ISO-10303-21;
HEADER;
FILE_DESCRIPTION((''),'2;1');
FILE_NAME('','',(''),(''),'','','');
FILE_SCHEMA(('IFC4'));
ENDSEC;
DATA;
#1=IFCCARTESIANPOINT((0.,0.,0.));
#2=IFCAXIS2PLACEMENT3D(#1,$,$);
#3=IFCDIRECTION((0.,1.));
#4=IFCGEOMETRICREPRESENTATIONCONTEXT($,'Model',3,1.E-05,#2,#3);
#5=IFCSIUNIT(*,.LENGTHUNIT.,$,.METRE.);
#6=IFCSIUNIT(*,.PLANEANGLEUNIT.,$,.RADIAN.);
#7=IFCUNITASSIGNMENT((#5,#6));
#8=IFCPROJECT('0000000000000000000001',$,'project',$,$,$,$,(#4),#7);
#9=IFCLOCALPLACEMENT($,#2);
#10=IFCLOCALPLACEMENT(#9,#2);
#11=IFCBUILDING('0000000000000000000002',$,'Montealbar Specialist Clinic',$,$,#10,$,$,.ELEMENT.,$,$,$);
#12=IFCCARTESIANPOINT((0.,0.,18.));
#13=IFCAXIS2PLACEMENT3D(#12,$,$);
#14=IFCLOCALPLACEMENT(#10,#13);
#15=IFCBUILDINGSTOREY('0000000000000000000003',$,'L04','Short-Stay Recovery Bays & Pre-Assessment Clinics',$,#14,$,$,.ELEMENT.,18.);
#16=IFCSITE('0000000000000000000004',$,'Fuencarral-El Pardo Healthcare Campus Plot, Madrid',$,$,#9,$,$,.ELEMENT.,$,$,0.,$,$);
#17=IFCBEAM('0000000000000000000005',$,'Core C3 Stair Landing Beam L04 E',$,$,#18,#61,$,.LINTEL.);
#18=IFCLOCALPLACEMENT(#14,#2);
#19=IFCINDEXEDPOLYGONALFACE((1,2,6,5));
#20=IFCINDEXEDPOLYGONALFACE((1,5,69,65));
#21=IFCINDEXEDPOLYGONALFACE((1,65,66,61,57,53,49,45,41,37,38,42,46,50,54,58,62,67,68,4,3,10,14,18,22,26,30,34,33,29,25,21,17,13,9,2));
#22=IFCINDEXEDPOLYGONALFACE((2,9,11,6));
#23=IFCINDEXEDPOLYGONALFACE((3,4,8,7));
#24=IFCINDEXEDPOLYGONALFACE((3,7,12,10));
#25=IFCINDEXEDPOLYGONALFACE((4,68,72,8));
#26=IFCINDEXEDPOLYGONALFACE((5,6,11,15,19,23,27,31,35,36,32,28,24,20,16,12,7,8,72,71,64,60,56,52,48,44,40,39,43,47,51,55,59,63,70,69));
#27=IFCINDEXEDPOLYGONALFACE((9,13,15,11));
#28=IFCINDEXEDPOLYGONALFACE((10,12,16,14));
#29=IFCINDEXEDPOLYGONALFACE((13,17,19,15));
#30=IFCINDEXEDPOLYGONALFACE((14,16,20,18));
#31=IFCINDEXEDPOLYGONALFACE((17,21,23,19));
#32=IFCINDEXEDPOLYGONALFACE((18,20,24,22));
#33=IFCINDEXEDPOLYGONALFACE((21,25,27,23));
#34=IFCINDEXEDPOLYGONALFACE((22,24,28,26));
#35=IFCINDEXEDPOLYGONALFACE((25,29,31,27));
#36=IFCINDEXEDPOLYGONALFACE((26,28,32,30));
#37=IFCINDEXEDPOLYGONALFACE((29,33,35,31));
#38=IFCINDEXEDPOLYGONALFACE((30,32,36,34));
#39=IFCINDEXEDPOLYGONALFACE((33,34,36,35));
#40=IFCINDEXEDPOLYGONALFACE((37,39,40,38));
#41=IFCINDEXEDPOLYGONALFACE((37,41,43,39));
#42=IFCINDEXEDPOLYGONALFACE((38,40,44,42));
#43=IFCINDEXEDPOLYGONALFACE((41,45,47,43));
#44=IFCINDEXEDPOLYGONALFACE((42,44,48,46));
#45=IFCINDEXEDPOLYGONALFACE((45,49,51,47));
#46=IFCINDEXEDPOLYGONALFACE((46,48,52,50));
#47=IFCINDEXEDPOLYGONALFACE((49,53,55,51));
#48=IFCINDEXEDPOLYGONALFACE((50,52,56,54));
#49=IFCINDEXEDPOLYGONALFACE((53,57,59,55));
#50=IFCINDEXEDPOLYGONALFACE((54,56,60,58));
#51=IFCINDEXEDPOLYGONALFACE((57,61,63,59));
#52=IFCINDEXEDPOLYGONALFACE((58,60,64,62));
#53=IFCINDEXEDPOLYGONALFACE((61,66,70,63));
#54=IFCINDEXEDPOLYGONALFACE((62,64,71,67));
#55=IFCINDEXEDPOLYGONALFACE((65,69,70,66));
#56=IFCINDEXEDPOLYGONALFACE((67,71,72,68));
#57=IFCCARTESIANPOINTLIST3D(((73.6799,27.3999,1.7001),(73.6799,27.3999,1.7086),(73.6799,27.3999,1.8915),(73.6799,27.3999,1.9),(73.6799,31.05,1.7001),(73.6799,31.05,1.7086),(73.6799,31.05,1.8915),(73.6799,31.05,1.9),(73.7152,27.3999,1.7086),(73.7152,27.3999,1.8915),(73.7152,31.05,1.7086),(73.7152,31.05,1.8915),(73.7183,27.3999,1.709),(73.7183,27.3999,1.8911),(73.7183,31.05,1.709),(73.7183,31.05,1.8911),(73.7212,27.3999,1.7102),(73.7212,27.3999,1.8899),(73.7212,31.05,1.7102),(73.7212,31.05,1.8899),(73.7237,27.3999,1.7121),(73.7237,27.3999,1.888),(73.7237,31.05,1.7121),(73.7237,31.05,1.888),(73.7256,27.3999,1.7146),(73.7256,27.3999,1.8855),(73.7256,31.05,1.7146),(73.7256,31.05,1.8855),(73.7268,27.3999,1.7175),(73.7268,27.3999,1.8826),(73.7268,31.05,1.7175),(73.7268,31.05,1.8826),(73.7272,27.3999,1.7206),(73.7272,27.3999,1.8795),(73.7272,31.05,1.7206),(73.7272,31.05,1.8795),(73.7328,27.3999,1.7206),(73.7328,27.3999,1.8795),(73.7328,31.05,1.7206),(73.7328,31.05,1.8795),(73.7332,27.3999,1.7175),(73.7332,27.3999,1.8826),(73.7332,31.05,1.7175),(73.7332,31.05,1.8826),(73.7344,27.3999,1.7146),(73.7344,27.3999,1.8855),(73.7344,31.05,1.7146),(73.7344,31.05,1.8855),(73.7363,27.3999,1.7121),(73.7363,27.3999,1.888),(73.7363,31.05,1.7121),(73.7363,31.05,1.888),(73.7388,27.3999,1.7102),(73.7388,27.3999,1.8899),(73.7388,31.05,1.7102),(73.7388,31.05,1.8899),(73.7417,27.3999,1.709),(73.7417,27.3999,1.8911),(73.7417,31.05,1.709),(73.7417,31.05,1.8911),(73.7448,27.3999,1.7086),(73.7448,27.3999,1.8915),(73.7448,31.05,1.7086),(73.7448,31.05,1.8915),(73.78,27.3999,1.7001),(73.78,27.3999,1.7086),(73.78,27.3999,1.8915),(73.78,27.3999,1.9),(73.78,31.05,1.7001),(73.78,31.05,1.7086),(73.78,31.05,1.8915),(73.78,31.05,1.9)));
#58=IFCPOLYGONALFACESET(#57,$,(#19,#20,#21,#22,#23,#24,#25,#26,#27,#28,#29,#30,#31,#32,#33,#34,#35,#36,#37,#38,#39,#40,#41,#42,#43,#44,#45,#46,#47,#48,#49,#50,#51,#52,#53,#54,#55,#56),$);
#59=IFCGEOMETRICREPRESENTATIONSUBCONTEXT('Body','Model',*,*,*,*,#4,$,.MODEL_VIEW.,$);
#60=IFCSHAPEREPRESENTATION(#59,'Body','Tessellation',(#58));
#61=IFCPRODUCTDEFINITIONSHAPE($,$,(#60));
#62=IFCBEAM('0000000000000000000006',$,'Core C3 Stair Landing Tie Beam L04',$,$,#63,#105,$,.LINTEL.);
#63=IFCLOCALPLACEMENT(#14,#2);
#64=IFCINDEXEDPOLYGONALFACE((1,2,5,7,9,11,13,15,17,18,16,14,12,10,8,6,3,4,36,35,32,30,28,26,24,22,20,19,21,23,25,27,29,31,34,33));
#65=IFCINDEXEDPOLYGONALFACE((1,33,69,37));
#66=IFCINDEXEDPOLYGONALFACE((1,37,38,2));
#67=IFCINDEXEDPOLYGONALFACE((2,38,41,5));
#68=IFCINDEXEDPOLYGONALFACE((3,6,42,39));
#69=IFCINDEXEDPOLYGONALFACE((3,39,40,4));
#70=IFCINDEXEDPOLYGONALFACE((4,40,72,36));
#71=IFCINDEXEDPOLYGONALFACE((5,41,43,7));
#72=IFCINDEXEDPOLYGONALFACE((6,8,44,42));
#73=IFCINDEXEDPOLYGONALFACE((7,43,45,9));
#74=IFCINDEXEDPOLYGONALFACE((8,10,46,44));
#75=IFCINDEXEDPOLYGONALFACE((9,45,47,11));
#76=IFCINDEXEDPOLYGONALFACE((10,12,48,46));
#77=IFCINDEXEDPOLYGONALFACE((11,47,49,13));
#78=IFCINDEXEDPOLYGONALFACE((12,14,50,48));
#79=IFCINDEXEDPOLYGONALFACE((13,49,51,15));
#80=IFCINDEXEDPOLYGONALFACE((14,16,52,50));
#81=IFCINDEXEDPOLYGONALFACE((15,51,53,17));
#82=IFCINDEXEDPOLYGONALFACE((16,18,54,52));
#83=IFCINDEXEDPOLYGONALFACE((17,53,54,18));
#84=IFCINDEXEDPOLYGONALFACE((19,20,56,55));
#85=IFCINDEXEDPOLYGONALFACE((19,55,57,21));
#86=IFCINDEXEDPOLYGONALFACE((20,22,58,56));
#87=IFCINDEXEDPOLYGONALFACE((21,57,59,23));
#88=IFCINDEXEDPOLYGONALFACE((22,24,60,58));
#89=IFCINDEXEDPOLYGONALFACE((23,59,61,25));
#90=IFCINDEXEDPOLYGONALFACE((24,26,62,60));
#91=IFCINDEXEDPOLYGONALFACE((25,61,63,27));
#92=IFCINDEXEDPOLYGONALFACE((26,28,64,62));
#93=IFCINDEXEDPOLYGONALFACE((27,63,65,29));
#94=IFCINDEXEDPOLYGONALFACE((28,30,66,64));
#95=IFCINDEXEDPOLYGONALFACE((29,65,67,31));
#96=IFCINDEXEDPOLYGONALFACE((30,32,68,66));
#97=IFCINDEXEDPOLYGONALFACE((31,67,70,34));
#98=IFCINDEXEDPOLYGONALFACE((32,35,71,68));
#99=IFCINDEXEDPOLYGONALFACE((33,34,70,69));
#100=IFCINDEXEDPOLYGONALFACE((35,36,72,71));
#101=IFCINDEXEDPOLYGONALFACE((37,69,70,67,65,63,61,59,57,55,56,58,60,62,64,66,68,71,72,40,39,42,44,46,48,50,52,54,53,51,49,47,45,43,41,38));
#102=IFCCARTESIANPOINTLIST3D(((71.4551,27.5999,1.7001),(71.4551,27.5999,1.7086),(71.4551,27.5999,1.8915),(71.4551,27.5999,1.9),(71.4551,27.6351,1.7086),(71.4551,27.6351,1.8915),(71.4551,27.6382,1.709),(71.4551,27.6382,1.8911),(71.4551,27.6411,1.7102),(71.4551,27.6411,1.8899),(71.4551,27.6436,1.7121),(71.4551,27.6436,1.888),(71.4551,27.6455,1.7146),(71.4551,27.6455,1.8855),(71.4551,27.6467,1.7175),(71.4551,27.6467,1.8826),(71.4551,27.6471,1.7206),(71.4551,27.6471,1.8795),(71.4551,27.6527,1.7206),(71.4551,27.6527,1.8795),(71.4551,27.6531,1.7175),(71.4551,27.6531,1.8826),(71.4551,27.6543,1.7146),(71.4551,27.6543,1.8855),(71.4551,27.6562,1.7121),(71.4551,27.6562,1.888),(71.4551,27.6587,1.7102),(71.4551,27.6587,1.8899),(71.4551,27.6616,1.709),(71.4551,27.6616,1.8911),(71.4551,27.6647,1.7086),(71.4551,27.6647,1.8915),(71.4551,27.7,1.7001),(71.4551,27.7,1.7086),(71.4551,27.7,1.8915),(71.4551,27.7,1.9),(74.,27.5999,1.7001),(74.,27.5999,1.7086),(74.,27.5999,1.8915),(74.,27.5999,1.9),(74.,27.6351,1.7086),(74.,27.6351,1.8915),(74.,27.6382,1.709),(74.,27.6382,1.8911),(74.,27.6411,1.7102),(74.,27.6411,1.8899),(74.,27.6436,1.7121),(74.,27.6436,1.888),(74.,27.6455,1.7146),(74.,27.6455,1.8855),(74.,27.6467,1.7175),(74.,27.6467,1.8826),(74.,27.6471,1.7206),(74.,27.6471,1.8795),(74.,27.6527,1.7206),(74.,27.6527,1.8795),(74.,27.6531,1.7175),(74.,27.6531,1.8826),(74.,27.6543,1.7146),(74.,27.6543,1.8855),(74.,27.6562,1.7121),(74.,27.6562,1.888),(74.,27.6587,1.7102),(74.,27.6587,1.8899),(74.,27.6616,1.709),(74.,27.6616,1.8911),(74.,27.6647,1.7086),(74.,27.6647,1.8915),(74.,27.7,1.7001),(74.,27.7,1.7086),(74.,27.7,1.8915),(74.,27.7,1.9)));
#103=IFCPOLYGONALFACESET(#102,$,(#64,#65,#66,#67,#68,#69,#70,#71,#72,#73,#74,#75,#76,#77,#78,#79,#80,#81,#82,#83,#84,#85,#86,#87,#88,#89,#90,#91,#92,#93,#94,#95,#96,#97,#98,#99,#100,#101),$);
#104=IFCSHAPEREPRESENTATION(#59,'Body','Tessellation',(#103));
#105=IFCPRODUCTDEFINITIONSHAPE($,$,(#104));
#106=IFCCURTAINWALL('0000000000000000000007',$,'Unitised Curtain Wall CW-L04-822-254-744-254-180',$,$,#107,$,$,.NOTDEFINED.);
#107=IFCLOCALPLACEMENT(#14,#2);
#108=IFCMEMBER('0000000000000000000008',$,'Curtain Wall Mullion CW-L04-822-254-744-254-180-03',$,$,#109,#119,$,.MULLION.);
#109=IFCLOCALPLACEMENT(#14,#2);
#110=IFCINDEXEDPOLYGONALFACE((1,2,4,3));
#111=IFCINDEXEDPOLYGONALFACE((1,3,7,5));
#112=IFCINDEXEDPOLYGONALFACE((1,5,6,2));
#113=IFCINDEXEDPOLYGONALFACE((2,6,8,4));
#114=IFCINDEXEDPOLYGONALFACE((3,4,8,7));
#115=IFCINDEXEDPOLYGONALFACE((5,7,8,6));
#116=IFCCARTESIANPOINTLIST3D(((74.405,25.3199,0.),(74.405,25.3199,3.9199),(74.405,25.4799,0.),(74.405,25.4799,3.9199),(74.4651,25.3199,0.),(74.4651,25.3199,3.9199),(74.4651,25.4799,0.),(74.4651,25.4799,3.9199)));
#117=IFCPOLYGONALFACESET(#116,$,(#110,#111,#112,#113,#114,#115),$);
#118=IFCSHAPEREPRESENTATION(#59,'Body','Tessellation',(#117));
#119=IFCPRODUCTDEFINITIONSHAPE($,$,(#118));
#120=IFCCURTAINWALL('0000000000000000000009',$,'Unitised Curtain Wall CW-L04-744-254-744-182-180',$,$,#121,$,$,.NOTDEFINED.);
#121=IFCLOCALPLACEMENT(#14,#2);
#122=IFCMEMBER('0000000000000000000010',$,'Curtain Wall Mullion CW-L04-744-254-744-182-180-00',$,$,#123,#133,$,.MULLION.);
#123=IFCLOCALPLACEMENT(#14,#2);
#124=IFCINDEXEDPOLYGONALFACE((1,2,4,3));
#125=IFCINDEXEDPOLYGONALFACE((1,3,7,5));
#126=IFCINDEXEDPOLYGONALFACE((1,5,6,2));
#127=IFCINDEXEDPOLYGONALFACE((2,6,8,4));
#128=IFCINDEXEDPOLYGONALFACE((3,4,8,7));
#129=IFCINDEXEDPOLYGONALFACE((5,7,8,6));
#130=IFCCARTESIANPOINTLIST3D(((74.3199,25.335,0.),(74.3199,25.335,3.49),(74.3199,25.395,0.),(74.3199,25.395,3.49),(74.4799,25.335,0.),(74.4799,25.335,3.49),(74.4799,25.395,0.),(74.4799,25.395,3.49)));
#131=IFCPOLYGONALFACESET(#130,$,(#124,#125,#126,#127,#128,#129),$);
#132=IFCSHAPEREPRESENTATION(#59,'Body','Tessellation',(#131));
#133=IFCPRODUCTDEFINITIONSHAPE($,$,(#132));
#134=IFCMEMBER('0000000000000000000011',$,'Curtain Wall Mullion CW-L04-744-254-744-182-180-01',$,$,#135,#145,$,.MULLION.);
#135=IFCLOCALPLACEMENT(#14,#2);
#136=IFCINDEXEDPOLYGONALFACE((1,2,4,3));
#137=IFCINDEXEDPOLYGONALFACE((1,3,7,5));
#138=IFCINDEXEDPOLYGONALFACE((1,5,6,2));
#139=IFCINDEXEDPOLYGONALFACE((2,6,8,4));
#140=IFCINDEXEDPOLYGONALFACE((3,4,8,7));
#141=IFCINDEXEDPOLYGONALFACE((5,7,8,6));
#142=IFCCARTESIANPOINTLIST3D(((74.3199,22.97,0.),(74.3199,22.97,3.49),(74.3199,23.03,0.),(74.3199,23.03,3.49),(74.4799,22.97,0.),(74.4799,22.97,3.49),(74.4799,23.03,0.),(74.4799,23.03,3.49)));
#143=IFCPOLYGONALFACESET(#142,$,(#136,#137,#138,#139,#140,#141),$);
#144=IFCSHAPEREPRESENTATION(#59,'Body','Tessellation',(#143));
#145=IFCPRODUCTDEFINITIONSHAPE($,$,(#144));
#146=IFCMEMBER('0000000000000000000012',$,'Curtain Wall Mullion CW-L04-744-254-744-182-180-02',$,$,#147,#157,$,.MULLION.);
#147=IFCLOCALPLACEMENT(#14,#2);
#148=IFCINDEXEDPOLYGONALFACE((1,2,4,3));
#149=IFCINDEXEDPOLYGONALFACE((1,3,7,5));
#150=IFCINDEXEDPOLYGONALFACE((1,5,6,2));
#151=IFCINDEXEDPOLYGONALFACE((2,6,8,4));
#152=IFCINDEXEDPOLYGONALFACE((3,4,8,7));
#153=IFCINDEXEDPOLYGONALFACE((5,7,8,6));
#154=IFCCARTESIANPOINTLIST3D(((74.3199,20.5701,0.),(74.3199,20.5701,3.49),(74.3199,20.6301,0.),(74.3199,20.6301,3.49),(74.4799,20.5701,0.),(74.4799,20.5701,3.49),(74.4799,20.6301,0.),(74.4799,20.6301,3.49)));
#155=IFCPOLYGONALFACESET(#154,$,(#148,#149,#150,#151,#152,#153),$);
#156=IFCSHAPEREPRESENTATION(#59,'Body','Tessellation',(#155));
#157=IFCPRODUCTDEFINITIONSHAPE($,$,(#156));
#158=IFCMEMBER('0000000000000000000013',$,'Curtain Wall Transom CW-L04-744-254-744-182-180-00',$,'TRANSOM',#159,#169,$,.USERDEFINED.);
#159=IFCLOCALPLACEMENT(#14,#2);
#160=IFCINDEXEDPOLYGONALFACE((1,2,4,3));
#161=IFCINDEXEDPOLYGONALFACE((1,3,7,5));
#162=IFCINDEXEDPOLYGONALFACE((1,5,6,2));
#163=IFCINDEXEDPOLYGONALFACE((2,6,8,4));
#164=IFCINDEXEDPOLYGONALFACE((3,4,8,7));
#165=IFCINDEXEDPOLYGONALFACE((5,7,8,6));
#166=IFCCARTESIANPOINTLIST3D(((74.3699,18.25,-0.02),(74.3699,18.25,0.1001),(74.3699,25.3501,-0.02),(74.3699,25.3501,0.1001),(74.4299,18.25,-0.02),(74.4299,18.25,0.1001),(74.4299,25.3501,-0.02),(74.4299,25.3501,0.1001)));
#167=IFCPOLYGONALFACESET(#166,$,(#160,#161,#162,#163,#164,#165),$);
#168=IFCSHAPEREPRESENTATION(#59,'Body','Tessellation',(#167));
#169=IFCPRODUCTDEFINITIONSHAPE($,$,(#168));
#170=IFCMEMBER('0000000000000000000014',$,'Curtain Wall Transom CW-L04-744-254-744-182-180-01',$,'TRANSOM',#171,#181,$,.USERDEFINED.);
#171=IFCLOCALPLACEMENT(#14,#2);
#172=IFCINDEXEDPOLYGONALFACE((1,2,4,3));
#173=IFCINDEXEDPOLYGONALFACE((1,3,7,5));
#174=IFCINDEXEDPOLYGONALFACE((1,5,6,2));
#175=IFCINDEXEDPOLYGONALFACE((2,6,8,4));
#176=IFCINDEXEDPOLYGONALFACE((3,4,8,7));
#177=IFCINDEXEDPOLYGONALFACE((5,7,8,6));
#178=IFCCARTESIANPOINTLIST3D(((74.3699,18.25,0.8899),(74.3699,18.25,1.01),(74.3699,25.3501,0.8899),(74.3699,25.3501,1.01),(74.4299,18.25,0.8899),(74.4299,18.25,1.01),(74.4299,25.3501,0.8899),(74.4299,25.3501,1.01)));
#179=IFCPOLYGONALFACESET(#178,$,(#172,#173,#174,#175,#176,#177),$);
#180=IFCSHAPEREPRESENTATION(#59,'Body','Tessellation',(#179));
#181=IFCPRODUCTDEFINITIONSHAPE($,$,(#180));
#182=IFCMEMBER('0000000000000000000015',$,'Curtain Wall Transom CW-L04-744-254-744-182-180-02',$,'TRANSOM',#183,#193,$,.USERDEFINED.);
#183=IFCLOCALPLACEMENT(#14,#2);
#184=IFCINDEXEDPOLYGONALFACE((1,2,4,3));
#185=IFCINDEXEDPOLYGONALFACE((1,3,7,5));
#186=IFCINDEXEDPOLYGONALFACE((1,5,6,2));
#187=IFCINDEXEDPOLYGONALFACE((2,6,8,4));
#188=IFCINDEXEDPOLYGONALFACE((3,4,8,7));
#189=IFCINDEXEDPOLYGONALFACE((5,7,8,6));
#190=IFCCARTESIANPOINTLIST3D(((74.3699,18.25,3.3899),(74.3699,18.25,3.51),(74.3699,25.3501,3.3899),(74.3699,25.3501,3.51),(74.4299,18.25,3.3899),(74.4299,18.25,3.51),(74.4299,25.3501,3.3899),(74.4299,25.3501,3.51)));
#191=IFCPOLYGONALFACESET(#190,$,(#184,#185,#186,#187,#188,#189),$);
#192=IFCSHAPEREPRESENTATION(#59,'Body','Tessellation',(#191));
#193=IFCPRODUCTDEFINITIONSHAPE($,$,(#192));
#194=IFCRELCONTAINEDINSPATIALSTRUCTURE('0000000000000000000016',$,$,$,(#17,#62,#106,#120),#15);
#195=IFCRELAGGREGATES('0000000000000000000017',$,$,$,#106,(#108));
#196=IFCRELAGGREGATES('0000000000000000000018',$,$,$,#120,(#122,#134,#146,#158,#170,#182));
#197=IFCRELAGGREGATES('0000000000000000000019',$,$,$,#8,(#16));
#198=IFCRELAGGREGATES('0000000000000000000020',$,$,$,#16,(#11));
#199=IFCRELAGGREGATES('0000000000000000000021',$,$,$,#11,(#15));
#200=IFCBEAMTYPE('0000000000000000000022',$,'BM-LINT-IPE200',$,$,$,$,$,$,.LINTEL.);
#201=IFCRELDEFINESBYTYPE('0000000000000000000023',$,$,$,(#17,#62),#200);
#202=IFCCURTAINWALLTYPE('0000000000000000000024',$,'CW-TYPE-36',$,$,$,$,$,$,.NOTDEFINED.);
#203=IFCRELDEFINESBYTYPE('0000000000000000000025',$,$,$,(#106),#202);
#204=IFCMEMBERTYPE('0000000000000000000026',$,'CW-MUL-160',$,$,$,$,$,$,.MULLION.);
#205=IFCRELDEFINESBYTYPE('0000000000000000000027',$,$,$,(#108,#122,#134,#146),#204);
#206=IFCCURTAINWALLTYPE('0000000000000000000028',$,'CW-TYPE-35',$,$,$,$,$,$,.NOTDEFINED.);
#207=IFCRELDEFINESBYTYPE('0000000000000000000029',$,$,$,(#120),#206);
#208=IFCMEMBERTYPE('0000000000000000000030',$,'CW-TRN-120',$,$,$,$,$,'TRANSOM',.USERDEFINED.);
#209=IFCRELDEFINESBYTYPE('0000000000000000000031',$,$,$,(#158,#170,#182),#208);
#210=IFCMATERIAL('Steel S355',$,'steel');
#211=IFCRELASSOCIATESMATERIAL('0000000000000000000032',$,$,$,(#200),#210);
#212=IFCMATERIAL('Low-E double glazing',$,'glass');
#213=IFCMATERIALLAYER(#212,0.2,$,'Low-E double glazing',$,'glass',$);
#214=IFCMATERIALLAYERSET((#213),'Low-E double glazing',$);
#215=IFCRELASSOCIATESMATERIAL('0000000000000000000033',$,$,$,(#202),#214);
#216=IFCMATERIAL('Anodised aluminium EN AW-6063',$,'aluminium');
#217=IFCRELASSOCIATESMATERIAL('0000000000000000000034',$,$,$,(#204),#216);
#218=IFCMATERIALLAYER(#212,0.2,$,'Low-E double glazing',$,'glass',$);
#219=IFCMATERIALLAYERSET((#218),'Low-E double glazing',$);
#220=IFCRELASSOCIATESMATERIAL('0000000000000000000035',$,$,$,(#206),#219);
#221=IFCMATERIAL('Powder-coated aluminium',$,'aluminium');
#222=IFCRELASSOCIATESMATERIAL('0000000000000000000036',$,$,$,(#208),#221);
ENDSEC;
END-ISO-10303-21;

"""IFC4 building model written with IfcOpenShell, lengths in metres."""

from ifc_helpers import new_model, si_unit, direction, frame, origin, origin_2d, place, context, subcontext, project, spatial, rectangle, i_section, extrude, material, layer, layer_set, material_profile, profile_set, type_object, element, aggregate, save


model = new_model("IFC4")

# Units and contexts
model_context = context("Model", 3, precision=1e-05, world=origin(), true_north=direction((0.0, 1.0)))
body_context = subcontext(model_context, "Body", "Model", "MODEL_VIEW")
ifc_project = project(units=[si_unit("LENGTHUNIT", "METRE"), si_unit("PLANEANGLEUNIT", "RADIAN")], contexts=[model_context])

# Site, building, storey
site_placement = place(None, origin())
site = spatial("IfcSite", under=ifc_project, at=site_placement, Name="Fuencarral-El Pardo Healthcare Campus Plot, Madrid", CompositionType="ELEMENT", RefElevation=0.0)
building_placement = place(site_placement, origin())
building = spatial("IfcBuilding", under=site, at=building_placement, Name="Montealbar Specialist Clinic", CompositionType="ELEMENT")
storey_placement = place(building_placement, frame((0.0, 0.0, 18.0)))
storey = spatial("IfcBuildingStorey", under=building, at=storey_placement, Name="L04", Description="Short-Stay Recovery Bays & Pre-Assessment Clinics", CompositionType="ELEMENT", Elevation=18.0)

# Shared definitions
ifc_material_1 = material(Name="Steel S355", Category="steel")

# Beams
ifc_material_profile_1 = material_profile(ifc_material_1, i_section(OverallWidth=0.1001, OverallDepth=0.2, WebThickness=0.0056, FlangeThickness=0.0085, FilletRadius=0.012, at=origin_2d()), Name="IPE 200", Category="steel")
ifc_profile_set_1 = profile_set([ifc_material_profile_1], Name="Steel S355")
beam_type_1 = type_object("IfcBeamType", Name="BM-LINT-IPE200", PredefinedType="LINTEL", material=ifc_profile_set_1)
for number, where, z_axis, x_axis, name in (
    (1, (73.73, 27.3999, 1.8), (0.0, 1.0, 0.0), (-1.0, 0.0, 0.0), "Core C3 Stair Landing Beam L04 E"),
):
    element("IfcBeam", number, at=place(storey_placement, frame(where, z_axis=z_axis, x_axis=x_axis)), inside=storey, type_object=beam_type_1, Name=name, PredefinedType="LINTEL", context=body_context, shape_type="SweptSolid", body=[
        extrude(i_section(OverallWidth=0.1001, OverallDepth=0.2, WebThickness=0.0056, FlangeThickness=0.0085, FilletRadius=0.012, at=origin_2d()), origin(), (0.0, 0.0, 1.0), 3.6501),
    ])
beam_1_placement = place(storey_placement, frame((71.4551, 27.6499, 1.8), z_axis=(1.0, 0.0, 0.0), x_axis=(0.0, 1.0, 0.0)))
element("IfcBeam", 2, at=beam_1_placement, inside=storey, type_object=beam_type_1, Name="Core C3 Stair Landing Tie Beam L04", PredefinedType="LINTEL", context=body_context, shape_type="SweptSolid", body=[
    extrude(i_section(OverallWidth=0.1001, OverallDepth=0.2, WebThickness=0.0056, FlangeThickness=0.0085, FilletRadius=0.012, at=origin_2d()), origin(), (0.0, 0.0, 1.0), 2.5449),
])

# Curtain wall, member
ifc_material_2 = material(Name="Low-E double glazing", Category="glass")
ifc_layer_1 = layer(ifc_material_2, 0.2, Name="Low-E double glazing", Category="glass")
ifc_layer_set_1 = layer_set([ifc_layer_1], Name="Low-E double glazing")
curtain_wall_type_1 = type_object("IfcCurtainWallType", Name="CW-TYPE-36", PredefinedType="NOTDEFINED", material=ifc_layer_set_1)
curtain_wall_1_placement = place(storey_placement, origin())
curtain_wall_1 = element("IfcCurtainWall", 3, at=curtain_wall_1_placement, inside=storey, type_object=curtain_wall_type_1, Name="Unitised Curtain Wall CW-L04-822-254-744-254-180", PredefinedType="NOTDEFINED")
ifc_material_3 = material(Name="Anodised aluminium EN AW-6063", Category="aluminium")
ifc_material_profile_2 = material_profile(ifc_material_3, rectangle(XDim=0.0601, YDim=0.1599, at=origin_2d()), Name="ALU 60x160", Category="aluminium")
ifc_profile_set_2 = profile_set([ifc_material_profile_2], Name="Anodised aluminium EN AW-6063")
member_type_1 = type_object("IfcMemberType", Name="CW-MUL-160", PredefinedType="MULLION", material=ifc_profile_set_2)
member_1_placement = place(storey_placement, frame((74.4351, 25.3999, 0.0), z_axis=(0.0, 0.0, 1.0), x_axis=(-1.0, 0.0, 0.0)))
member_1 = element("IfcMember", 4, at=member_1_placement, type_object=member_type_1, Name="Curtain Wall Mullion CW-L04-822-254-744-254-180-03", PredefinedType="MULLION", context=body_context, shape_type="SweptSolid", body=[
    extrude(rectangle(XDim=0.0601, YDim=0.1599, at=origin_2d()), origin(), (0.0, 0.0, 1.0), 3.9199),
])

# Curtain wall, members
ifc_layer_2 = layer(ifc_material_2, 0.2, Name="Low-E double glazing", Category="glass")
ifc_layer_set_2 = layer_set([ifc_layer_2], Name="Low-E double glazing")
curtain_wall_type_2 = type_object("IfcCurtainWallType", Name="CW-TYPE-35", PredefinedType="NOTDEFINED", material=ifc_layer_set_2)
curtain_wall_2_placement = place(storey_placement, origin())
curtain_wall_2 = element("IfcCurtainWall", 5, at=curtain_wall_2_placement, inside=storey, type_object=curtain_wall_type_2, Name="Unitised Curtain Wall CW-L04-744-254-744-182-180", PredefinedType="NOTDEFINED")
member_2_placement = place(storey_placement, frame((74.3999, 25.365, 0.0), z_axis=(0.0, 0.0, 1.0), x_axis=(0.0, -1.0, 0.0)))
member_2 = element("IfcMember", 6, at=member_2_placement, type_object=member_type_1, Name="Curtain Wall Mullion CW-L04-744-254-744-182-180-00", PredefinedType="MULLION", context=body_context, shape_type="SweptSolid", body=[
    extrude(rectangle(XDim=0.0601, YDim=0.1599, at=origin_2d()), origin(), (0.0, 0.0, 1.0), 3.49),
])
member_3_placement = place(storey_placement, frame((74.3999, 23.0, 0.0), z_axis=(0.0, 0.0, 1.0), x_axis=(0.0, -1.0, 0.0)))
member_3 = element("IfcMember", 7, at=member_3_placement, type_object=member_type_1, Name="Curtain Wall Mullion CW-L04-744-254-744-182-180-01", PredefinedType="MULLION", context=body_context, shape_type="SweptSolid", body=[
    extrude(rectangle(XDim=0.0601, YDim=0.1599, at=origin_2d()), origin(), (0.0, 0.0, 1.0), 3.49),
])
member_4_placement = place(storey_placement, frame((74.3999, 20.6001, 0.0), z_axis=(0.0, 0.0, 1.0), x_axis=(0.0, -1.0, 0.0)))
member_4 = element("IfcMember", 8, at=member_4_placement, type_object=member_type_1, Name="Curtain Wall Mullion CW-L04-744-254-744-182-180-02", PredefinedType="MULLION", context=body_context, shape_type="SweptSolid", body=[
    extrude(rectangle(XDim=0.0601, YDim=0.1599, at=origin_2d()), origin(), (0.0, 0.0, 1.0), 3.49),
])
ifc_material_4 = material(Name="Powder-coated aluminium", Category="aluminium")
ifc_material_profile_3 = material_profile(ifc_material_4, rectangle(XDim=0.0601, YDim=0.1201, at=origin_2d()), Name="ALU 60x120", Category="aluminium")
ifc_profile_set_3 = profile_set([ifc_material_profile_3], Name="Powder-coated aluminium")
member_type_2 = type_object("IfcMemberType", Name="CW-TRN-120", ElementType="TRANSOM", PredefinedType="USERDEFINED", material=ifc_profile_set_3)
member_5_placement = place(storey_placement, frame((74.3999, 25.3501, 0.04), z_axis=(0.0, -1.0, 0.0), x_axis=(1.0, 0.0, 0.0)))
member_5 = element("IfcMember", 9, at=member_5_placement, type_object=member_type_2, Name="Curtain Wall Transom CW-L04-744-254-744-182-180-00", ObjectType="TRANSOM", PredefinedType="USERDEFINED", context=body_context, shape_type="SweptSolid", body=[
    extrude(rectangle(XDim=0.0601, YDim=0.1201, at=origin_2d()), origin(), (0.0, 0.0, 1.0), 7.1001),
])
member_6_placement = place(storey_placement, frame((74.3999, 25.3501, 0.95), z_axis=(0.0, -1.0, 0.0), x_axis=(1.0, 0.0, 0.0)))
member_6 = element("IfcMember", 10, at=member_6_placement, type_object=member_type_2, Name="Curtain Wall Transom CW-L04-744-254-744-182-180-01", ObjectType="TRANSOM", PredefinedType="USERDEFINED", context=body_context, shape_type="SweptSolid", body=[
    extrude(rectangle(XDim=0.0601, YDim=0.1201, at=origin_2d()), origin(), (0.0, 0.0, 1.0), 7.1001),
])
member_7_placement = place(storey_placement, frame((74.3999, 25.3501, 3.45), z_axis=(0.0, -1.0, 0.0), x_axis=(1.0, 0.0, 0.0)))
member_7 = element("IfcMember", 11, at=member_7_placement, type_object=member_type_2, Name="Curtain Wall Transom CW-L04-744-254-744-182-180-02", ObjectType="TRANSOM", PredefinedType="USERDEFINED", context=body_context, shape_type="SweptSolid", body=[
    extrude(rectangle(XDim=0.0601, YDim=0.1201, at=origin_2d()), origin(), (0.0, 0.0, 1.0), 7.1001),
])

aggregate(curtain_wall_1, [member_1])
aggregate(curtain_wall_2, [member_2, member_3, member_4, member_5, member_6, member_7])

save(model, "model.ifc")
